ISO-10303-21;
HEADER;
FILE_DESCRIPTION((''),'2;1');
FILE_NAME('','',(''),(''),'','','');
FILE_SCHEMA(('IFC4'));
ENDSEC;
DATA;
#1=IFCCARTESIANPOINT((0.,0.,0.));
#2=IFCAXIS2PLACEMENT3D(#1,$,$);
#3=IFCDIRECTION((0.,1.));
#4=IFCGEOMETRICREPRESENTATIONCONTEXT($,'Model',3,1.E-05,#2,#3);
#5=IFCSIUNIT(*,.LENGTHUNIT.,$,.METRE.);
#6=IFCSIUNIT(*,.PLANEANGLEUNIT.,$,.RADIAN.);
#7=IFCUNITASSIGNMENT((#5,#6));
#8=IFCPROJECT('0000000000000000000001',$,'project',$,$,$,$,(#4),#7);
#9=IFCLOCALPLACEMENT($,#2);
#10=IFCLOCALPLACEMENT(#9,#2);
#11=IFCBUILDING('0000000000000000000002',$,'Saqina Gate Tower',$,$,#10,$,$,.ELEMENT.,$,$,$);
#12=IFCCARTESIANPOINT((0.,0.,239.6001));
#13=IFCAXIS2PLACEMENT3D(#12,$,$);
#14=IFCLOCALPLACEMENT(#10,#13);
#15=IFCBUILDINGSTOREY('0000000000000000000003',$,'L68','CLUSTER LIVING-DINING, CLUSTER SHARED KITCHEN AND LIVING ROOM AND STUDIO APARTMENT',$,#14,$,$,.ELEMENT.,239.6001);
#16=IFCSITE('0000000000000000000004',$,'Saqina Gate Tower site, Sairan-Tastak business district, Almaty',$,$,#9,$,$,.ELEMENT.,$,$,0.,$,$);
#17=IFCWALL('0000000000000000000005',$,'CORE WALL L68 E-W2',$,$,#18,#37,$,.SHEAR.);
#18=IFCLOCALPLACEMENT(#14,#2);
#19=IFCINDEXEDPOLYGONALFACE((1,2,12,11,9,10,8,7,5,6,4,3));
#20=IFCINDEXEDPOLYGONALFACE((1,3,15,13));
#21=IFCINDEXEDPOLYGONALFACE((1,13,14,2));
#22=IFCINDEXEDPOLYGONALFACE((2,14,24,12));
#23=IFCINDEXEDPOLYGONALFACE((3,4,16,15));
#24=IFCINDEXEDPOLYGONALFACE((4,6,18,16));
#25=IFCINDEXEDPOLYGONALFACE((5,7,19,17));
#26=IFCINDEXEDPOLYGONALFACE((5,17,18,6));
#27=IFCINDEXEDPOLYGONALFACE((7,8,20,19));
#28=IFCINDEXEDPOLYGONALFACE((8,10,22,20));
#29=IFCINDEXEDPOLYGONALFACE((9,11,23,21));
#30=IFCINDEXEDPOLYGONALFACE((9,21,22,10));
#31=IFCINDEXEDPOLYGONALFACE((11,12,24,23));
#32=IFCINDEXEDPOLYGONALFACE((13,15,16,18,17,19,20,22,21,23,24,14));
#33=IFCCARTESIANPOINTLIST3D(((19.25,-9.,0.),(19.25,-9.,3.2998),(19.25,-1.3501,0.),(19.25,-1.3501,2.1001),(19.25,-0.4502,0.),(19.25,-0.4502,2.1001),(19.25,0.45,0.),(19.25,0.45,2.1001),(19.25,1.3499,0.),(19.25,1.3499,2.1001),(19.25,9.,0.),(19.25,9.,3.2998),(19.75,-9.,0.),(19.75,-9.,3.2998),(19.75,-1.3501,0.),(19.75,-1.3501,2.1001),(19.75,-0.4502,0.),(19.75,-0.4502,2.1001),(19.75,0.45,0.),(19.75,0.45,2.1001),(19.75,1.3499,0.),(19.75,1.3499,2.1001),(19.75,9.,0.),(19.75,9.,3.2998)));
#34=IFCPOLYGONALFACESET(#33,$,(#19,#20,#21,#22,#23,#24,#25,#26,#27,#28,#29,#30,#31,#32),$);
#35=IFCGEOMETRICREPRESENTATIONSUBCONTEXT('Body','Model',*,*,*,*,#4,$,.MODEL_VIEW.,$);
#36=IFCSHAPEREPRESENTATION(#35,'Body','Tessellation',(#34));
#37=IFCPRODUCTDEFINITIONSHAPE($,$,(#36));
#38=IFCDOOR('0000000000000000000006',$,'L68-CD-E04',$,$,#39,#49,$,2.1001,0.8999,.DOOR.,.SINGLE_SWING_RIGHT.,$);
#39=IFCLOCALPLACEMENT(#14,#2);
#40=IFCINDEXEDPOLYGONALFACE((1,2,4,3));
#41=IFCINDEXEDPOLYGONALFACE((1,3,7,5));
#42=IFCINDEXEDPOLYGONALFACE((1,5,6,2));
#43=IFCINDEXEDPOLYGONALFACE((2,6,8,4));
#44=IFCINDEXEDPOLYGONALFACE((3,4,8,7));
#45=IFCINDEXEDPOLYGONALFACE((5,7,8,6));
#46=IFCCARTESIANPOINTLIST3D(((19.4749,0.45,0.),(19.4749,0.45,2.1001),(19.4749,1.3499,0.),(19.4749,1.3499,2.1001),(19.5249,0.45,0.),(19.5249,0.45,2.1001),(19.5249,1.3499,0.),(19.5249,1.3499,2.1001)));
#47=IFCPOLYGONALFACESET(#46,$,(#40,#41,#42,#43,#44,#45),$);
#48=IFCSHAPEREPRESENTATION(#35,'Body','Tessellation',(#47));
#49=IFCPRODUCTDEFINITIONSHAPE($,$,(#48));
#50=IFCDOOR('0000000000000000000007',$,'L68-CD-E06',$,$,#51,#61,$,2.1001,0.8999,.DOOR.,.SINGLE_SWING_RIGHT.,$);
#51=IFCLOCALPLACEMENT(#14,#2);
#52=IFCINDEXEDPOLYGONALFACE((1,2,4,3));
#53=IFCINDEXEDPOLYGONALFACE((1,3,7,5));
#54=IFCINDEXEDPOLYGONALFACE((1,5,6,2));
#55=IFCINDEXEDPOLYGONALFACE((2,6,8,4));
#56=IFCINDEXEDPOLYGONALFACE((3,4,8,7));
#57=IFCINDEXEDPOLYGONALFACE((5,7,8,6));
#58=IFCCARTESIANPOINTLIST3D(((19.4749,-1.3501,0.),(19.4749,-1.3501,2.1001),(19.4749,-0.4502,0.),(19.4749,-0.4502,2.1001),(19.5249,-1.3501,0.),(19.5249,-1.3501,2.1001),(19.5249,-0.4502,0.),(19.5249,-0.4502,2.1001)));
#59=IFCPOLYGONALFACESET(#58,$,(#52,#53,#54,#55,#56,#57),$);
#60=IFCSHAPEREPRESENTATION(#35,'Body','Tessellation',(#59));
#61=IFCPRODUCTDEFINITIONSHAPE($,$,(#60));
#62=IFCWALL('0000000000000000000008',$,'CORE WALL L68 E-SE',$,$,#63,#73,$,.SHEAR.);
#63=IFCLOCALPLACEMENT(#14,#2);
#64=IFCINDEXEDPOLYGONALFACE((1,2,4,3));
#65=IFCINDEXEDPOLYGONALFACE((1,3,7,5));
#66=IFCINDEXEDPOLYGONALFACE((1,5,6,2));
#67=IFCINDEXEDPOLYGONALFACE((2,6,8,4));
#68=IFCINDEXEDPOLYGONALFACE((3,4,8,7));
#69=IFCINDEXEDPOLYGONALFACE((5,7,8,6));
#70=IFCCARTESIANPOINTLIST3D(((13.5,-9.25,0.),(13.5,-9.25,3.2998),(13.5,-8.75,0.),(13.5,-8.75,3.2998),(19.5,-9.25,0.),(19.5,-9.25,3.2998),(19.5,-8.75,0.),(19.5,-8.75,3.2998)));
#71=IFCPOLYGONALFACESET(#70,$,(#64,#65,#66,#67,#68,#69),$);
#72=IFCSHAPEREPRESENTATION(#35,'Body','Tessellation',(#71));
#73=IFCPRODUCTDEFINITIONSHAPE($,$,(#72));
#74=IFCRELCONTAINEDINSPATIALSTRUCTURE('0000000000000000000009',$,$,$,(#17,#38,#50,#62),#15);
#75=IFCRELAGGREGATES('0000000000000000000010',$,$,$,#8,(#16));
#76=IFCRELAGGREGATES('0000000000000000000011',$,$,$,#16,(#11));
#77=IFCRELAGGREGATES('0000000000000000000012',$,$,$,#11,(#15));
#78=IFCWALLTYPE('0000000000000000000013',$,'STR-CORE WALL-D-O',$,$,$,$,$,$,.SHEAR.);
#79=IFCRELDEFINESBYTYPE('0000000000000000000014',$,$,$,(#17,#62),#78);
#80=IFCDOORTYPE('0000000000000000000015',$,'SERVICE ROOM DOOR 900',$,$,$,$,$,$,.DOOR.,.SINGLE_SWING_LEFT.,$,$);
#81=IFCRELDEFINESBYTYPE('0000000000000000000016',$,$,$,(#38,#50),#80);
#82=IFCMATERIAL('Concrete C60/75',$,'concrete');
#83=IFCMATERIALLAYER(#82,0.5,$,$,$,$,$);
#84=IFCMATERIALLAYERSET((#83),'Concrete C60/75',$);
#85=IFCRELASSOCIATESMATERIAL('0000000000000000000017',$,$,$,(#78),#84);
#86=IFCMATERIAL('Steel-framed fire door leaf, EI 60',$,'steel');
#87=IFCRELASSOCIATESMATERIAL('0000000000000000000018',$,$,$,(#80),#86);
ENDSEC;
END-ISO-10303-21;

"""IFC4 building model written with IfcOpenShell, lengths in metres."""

from ifc_helpers import new_model, si_unit, direction, frame, frame_2d, origin, place, context, subcontext, project, spatial, rectangle, extrude, material, layer, layer_set, type_object, element, fill, save


model = new_model("IFC4")

# Units and contexts
model_context = context("Model", 3, precision=1e-05, world=origin(), true_north=direction((0.0, 1.0)))
body_context = subcontext(model_context, "Body", "Model", "MODEL_VIEW")
ifc_project = project(units=[si_unit("LENGTHUNIT", "METRE"), si_unit("PLANEANGLEUNIT", "RADIAN")], contexts=[model_context])

# Site, building, storey
site_placement = place(None, origin())
site = spatial("IfcSite", under=ifc_project, at=site_placement, Name="Saqina Gate Tower site, Sairan-Tastak business district, Almaty", CompositionType="ELEMENT", RefElevation=0.0)
building_placement = place(site_placement, origin())
building = spatial("IfcBuilding", under=site, at=building_placement, Name="Saqina Gate Tower", CompositionType="ELEMENT")
storey_placement = place(building_placement, frame((0.0, 0.0, 239.6001)))
storey = spatial("IfcBuildingStorey", under=building, at=storey_placement, Name="L68", Description="CLUSTER LIVING-DINING, CLUSTER SHARED KITCHEN AND LIVING ROOM AND STUDIO APARTMENT", CompositionType="ELEMENT", Elevation=239.6001)

# Wall, openings, doors
ifc_material_1 = material(Name="Concrete C60/75", Category="concrete")
ifc_layer_1 = layer(ifc_material_1, 0.5)
ifc_layer_set_1 = layer_set([ifc_layer_1], Name="Concrete C60/75")
wall_type_1 = type_object("IfcWallType", Name="STR-CORE WALL-D-O", PredefinedType="SHEAR", material=ifc_layer_set_1)
wall_1_placement = place(storey_placement, frame((19.5, -9.0, 0.0), z_axis=(0.0, 0.0, 1.0), x_axis=(0.0, 1.0, 0.0)))
wall_1 = element("IfcWall", 1, at=wall_1_placement, inside=storey, type_object=wall_type_1, Name="CORE WALL L68 E-W2", PredefinedType="SHEAR", context=body_context, shape_type="SweptSolid", body=[
    extrude(rectangle(XDim=18.0, YDim=0.5, at=frame_2d((9.0, 0.0))), origin(), (0.0, 0.0, 1.0), 3.2998),
])
opening_1_placement = place(wall_1_placement, frame((9.45, 0.0, 0.0)))
opening_1 = element("IfcOpeningElement", 2, at=opening_1_placement, cuts=wall_1, PredefinedType="OPENING", context=body_context, shape_type="SweptSolid", body=[
    extrude(rectangle(XDim=0.8999, YDim=2.1001, at=frame_2d((0.45, 1.05))), frame((0.0, 0.262, 0.0), z_axis=(0.0, -1.0, 0.0), x_axis=(1.0, 0.0, 0.0)), (0.0, 0.0, 1.0), 0.5239),
])
opening_2_placement = place(wall_1_placement, frame((7.6499, 0.0, 0.0)))
opening_2 = element("IfcOpeningElement", 3, at=opening_2_placement, cuts=wall_1, PredefinedType="OPENING", context=body_context, shape_type="SweptSolid", body=[
    extrude(rectangle(XDim=0.8999, YDim=2.1001, at=frame_2d((0.45, 1.05))), frame((0.0, 0.262, 0.0), z_axis=(0.0, -1.0, 0.0), x_axis=(1.0, 0.0, 0.0)), (0.0, 0.0, 1.0), 0.5239),
])
ifc_material_2 = material(Name="Steel-framed fire door leaf, EI 60", Category="steel")
door_type_1 = type_object("IfcDoorType", Name="SERVICE ROOM DOOR 900", OperationType="SINGLE_SWING_LEFT", PredefinedType="DOOR", material=ifc_material_2)
door_1_placement = place(opening_1_placement, frame((0.8999, 0.0, 0.0), z_axis=(0.0, 0.0, 1.0), x_axis=(-1.0, 0.0, 0.0)))
door_1 = element("IfcDoor", 4, at=door_1_placement, inside=storey, type_object=door_type_1, Name="L68-CD-E04", OperationType="SINGLE_SWING_RIGHT", OverallHeight=2.1001, OverallWidth=0.8999, PredefinedType="DOOR", context=body_context, shape_type="SweptSolid", body=[
    extrude(rectangle(XDim=0.8999, YDim=2.1001, at=frame_2d((0.45, 1.05))), frame((0.0, 0.0249, 0.0), z_axis=(0.0, -1.0, 0.0), x_axis=(1.0, 0.0, 0.0)), (0.0, 0.0, 1.0), 0.05),
])
fill(opening_1, door_1)
door_2_placement = place(opening_2_placement, frame((0.8999, 0.0, 0.0), z_axis=(0.0, 0.0, 1.0), x_axis=(-1.0, 0.0, 0.0)))
door_2 = element("IfcDoor", 5, at=door_2_placement, inside=storey, type_object=door_type_1, Name="L68-CD-E06", OperationType="SINGLE_SWING_RIGHT", OverallHeight=2.1001, OverallWidth=0.8999, PredefinedType="DOOR", context=body_context, shape_type="SweptSolid", body=[
    extrude(rectangle(XDim=0.8999, YDim=2.1001, at=frame_2d((0.45, 1.05))), frame((0.0, 0.0249, 0.0), z_axis=(0.0, -1.0, 0.0), x_axis=(1.0, 0.0, 0.0)), (0.0, 0.0, 1.0), 0.05),
])
fill(opening_2, door_2)

# Wall
wall_2_placement = place(storey_placement, frame((13.5, -9.0, 0.0), z_axis=(0.0, 0.0, 1.0), x_axis=(1.0, 0.0, 0.0)))
element("IfcWall", 6, at=wall_2_placement, inside=storey, type_object=wall_type_1, Name="CORE WALL L68 E-SE", PredefinedType="SHEAR", context=body_context, shape_type="SweptSolid", body=[
    extrude(rectangle(XDim=6.0, YDim=0.5, at=frame_2d((3.0, 0.0))), origin(), (0.0, 0.0, 1.0), 3.2998),
])

save(model, "model.ifc")
